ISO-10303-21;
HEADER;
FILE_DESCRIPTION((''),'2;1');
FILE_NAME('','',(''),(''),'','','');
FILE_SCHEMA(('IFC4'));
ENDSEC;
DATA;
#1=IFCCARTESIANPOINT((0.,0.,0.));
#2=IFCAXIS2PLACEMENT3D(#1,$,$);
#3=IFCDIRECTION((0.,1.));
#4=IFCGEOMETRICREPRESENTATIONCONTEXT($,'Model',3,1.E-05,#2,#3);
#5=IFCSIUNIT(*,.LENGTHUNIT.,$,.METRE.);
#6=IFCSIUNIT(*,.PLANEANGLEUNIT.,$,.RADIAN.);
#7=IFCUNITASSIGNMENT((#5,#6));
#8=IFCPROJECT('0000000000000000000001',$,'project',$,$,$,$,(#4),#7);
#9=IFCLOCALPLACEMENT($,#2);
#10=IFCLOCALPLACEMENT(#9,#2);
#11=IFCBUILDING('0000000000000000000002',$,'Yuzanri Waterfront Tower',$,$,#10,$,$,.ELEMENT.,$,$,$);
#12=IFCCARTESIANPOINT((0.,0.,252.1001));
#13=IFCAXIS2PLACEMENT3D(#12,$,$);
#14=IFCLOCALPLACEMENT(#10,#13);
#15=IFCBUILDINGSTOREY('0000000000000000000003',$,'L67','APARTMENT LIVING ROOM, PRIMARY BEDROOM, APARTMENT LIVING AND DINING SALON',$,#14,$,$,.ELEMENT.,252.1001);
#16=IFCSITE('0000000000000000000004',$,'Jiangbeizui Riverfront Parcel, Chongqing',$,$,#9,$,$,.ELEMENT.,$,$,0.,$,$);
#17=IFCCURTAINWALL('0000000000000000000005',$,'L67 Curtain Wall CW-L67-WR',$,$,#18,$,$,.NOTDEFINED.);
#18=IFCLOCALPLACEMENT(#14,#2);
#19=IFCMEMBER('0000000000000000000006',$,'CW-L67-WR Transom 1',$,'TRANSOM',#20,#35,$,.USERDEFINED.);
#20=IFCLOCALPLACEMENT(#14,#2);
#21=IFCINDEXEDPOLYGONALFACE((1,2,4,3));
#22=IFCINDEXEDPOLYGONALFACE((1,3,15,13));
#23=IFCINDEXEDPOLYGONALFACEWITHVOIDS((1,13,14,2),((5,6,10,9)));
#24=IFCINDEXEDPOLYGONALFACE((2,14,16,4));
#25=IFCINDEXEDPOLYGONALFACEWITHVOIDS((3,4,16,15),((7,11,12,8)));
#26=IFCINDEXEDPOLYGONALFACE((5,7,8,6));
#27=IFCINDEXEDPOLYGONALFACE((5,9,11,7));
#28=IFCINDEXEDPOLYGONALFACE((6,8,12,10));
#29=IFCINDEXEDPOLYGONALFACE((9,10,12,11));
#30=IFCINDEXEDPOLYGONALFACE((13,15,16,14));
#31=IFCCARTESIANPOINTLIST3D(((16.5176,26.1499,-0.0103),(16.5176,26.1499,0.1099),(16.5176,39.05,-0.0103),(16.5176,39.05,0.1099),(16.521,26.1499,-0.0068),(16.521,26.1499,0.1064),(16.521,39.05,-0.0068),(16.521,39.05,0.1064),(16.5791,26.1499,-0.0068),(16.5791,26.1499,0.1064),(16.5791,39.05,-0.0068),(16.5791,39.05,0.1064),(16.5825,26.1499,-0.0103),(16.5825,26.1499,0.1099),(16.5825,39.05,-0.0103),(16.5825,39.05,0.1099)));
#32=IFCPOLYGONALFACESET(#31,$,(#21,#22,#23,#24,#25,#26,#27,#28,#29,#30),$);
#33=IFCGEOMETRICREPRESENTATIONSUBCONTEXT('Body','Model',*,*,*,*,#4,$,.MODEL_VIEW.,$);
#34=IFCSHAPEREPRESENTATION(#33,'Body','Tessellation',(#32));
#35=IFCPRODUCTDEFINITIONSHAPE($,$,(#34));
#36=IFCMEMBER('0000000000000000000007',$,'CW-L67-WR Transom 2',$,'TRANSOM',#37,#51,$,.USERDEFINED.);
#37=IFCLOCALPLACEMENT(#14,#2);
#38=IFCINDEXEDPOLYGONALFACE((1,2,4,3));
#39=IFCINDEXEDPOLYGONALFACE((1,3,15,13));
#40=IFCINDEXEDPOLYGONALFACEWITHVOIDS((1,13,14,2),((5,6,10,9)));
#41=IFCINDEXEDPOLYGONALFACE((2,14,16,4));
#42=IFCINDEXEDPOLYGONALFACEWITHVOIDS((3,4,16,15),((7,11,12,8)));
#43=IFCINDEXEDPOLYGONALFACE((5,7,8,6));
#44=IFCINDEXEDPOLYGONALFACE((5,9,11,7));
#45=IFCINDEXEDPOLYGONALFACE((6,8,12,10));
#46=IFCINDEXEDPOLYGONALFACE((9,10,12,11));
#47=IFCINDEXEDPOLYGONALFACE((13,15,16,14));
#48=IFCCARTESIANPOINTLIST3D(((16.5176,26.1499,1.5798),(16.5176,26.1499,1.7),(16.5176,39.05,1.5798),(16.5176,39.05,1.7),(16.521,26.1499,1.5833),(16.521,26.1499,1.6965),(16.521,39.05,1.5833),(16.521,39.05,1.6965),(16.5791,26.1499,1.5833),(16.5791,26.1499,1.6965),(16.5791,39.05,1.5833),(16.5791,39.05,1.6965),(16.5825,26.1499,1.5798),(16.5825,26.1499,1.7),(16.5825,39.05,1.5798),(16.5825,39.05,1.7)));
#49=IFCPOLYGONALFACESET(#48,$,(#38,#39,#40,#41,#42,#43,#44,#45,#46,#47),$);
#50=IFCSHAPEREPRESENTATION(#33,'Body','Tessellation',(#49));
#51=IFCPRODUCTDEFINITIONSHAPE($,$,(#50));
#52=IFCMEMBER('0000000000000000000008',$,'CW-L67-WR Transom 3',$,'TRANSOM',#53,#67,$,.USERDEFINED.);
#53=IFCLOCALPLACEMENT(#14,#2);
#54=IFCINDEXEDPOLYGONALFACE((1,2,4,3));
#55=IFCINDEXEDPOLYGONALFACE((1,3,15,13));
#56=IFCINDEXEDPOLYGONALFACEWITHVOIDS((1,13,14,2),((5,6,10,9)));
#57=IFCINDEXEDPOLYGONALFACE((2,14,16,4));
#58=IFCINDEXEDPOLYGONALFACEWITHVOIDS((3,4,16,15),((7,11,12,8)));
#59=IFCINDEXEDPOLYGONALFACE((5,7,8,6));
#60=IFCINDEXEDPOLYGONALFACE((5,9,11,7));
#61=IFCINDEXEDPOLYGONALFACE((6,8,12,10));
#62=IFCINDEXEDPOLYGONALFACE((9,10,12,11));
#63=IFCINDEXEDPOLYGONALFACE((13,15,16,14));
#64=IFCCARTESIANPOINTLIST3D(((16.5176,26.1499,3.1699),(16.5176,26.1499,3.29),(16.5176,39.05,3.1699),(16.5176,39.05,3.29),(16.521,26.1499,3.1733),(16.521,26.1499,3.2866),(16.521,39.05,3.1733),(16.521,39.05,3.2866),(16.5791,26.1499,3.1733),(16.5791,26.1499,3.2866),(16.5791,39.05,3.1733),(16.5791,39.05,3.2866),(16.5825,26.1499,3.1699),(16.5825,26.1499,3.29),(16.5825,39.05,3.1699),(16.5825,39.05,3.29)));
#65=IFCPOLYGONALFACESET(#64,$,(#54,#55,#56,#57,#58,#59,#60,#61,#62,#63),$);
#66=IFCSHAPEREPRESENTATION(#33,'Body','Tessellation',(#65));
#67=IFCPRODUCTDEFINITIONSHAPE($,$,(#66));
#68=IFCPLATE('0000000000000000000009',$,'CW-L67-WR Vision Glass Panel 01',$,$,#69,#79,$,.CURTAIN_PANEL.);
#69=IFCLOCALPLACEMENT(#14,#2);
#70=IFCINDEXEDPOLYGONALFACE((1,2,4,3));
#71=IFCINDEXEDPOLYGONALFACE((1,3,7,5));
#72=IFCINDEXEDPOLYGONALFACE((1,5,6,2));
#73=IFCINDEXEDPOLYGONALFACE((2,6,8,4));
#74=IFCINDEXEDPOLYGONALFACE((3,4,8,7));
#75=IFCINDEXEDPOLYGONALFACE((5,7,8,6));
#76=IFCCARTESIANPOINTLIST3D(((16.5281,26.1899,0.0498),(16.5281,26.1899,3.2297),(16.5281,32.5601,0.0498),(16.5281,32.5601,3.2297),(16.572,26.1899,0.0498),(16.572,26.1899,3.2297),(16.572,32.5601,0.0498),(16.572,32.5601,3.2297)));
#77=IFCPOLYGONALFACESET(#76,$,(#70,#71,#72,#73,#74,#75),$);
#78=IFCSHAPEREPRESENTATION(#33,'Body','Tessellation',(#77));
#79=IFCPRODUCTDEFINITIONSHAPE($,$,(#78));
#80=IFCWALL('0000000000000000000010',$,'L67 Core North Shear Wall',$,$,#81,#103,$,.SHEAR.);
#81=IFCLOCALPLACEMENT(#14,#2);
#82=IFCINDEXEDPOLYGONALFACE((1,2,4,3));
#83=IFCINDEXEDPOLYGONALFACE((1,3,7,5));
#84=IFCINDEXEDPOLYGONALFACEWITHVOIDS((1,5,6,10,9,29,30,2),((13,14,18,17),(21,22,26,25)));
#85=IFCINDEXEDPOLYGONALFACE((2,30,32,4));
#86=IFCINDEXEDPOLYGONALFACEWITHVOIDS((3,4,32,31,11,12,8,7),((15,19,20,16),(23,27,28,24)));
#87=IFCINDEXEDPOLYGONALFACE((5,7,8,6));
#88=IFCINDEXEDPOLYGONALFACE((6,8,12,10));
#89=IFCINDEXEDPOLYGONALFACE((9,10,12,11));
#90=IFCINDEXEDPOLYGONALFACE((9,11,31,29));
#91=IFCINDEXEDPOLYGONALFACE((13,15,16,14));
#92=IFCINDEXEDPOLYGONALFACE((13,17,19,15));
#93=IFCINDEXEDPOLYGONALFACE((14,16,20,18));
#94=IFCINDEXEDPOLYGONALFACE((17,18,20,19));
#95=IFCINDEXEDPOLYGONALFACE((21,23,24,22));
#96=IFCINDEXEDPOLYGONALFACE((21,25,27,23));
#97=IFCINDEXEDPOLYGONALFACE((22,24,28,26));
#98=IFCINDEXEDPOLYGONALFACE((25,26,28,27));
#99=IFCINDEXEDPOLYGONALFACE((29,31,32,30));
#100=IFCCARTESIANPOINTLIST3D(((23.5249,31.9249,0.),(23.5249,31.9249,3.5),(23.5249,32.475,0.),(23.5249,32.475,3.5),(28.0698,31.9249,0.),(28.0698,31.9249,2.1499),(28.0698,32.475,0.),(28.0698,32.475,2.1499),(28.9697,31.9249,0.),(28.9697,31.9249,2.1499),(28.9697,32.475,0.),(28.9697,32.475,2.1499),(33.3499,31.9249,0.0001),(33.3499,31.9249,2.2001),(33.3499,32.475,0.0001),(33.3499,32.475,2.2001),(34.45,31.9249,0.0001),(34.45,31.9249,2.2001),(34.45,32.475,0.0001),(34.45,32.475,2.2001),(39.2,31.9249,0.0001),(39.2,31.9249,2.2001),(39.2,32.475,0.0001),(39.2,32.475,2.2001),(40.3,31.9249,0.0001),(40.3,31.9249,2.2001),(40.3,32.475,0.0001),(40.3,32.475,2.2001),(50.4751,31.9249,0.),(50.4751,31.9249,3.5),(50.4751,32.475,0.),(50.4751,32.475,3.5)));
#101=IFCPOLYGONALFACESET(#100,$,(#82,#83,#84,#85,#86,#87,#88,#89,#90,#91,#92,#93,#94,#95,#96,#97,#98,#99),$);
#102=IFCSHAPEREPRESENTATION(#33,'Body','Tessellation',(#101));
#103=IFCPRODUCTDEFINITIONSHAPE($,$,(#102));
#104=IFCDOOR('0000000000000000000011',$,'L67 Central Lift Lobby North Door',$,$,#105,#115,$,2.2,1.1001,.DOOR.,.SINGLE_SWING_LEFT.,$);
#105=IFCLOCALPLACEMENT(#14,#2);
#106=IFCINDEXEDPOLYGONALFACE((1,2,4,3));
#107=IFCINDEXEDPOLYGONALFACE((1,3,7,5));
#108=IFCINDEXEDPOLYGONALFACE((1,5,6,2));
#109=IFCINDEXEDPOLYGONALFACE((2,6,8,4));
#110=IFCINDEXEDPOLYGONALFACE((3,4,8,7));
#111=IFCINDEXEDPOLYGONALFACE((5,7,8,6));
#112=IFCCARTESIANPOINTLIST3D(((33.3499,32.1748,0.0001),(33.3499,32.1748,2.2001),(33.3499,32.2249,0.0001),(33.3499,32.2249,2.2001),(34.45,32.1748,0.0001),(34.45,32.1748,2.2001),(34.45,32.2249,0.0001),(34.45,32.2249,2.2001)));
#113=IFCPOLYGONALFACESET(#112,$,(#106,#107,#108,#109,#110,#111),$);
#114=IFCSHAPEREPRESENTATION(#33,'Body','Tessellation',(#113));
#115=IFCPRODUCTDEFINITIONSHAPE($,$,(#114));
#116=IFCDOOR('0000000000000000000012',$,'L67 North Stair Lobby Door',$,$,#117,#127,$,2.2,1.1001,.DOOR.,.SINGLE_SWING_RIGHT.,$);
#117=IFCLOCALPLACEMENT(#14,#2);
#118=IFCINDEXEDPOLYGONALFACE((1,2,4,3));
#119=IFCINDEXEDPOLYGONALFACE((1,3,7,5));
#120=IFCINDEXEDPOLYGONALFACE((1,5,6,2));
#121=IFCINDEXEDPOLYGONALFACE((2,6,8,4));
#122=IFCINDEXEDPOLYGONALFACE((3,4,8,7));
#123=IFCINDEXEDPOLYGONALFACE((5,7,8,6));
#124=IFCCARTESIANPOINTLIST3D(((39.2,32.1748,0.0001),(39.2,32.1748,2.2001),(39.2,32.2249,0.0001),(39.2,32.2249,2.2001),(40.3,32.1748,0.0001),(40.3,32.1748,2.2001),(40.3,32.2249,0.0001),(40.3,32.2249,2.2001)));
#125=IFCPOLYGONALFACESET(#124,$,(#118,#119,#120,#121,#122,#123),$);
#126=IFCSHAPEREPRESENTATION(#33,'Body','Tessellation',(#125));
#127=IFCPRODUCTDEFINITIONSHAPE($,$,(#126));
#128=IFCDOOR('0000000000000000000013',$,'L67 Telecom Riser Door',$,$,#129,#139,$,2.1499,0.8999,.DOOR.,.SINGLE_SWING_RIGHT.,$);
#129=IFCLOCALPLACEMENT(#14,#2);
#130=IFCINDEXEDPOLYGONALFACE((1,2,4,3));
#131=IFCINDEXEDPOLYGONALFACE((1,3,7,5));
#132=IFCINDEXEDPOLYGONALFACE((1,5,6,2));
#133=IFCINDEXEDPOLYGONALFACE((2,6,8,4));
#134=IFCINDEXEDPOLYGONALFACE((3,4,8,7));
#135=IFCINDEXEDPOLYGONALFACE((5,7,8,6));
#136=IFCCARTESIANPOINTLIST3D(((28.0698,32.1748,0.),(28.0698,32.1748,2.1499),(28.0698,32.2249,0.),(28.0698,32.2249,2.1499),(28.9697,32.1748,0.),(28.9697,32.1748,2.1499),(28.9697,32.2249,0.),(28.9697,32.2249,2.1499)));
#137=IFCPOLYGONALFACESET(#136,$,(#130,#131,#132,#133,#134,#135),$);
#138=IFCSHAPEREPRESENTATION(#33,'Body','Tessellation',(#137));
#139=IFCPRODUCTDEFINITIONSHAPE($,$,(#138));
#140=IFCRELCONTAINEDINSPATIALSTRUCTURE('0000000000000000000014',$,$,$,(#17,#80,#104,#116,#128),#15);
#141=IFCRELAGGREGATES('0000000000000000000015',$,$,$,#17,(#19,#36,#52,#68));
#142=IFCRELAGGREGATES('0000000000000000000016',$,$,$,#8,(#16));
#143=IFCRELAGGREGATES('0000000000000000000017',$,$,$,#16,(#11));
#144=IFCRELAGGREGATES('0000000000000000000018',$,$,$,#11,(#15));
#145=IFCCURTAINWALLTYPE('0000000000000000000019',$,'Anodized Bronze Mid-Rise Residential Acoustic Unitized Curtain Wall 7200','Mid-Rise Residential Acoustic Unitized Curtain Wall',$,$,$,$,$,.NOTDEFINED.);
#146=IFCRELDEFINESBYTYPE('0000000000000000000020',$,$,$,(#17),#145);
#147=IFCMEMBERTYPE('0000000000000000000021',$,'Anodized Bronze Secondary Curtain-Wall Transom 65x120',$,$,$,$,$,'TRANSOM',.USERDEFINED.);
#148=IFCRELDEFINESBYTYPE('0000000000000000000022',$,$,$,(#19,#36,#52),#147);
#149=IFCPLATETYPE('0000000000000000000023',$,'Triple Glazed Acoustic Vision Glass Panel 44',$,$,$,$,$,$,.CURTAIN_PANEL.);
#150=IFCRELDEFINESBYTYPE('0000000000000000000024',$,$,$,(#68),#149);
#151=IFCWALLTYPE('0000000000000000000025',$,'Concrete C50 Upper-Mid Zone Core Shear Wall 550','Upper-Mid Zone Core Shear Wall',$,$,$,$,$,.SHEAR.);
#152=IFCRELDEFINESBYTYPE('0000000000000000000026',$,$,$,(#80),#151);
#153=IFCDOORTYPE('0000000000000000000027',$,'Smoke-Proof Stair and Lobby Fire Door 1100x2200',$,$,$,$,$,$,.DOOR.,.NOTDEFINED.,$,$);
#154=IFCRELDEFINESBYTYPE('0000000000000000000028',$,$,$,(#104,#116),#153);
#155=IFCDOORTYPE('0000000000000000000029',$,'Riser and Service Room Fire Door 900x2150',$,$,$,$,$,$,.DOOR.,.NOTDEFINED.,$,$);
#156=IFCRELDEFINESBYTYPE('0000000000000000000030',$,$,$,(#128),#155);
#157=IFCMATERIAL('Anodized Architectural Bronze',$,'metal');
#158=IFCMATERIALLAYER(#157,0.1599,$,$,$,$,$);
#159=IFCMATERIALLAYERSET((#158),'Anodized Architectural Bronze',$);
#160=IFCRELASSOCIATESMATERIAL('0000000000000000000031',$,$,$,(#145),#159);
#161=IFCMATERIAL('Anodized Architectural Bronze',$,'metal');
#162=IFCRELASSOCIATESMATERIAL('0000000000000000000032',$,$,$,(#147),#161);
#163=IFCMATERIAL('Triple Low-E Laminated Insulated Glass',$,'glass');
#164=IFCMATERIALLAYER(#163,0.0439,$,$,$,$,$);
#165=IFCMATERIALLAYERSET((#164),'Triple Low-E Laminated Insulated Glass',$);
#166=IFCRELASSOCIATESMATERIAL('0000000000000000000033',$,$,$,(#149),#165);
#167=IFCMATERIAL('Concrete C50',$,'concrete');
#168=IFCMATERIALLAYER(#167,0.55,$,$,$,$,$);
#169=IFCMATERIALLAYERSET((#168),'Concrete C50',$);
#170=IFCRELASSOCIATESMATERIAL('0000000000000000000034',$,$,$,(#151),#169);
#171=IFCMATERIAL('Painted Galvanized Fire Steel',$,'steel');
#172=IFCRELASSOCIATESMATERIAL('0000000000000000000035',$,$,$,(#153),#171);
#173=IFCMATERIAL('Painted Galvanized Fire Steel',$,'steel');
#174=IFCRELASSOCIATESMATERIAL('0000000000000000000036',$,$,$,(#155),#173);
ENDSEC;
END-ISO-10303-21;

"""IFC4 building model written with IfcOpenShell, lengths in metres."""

from ifc_helpers import new_model, si_unit, direction, frame, frame_2d, origin, origin_2d, place, context, subcontext, project, spatial, rectangle, hollow_rectangle, extrude, source, transform, mapped, material, layer, layer_set, material_profile, profile_set, type_object, element, fill, aggregate, save


model = new_model("IFC4")

# Units and contexts
model_context = context("Model", 3, precision=1e-05, world=origin(), true_north=direction((0.0, 1.0)))
body_context = subcontext(model_context, "Body", "Model", "MODEL_VIEW")
ifc_project = project(units=[si_unit("LENGTHUNIT", "METRE"), si_unit("PLANEANGLEUNIT", "RADIAN")], contexts=[model_context])

# Site, building, storey
site_placement = place(None, origin())
site = spatial("IfcSite", under=ifc_project, at=site_placement, Name="Jiangbeizui Riverfront Parcel, Chongqing", CompositionType="ELEMENT", RefElevation=0.0)
building_placement = place(site_placement, origin())
building = spatial("IfcBuilding", under=site, at=building_placement, Name="Yuzanri Waterfront Tower", CompositionType="ELEMENT")
storey_placement = place(building_placement, frame((0.0, 0.0, 252.1001)))
storey = spatial("IfcBuildingStorey", under=building, at=storey_placement, Name="L67", Description="APARTMENT LIVING ROOM, PRIMARY BEDROOM, APARTMENT LIVING AND DINING SALON", CompositionType="ELEMENT", Elevation=252.1001)

# Curtain wall, members, plate
ifc_material_1 = material(Name="Anodized Architectural Bronze", Category="metal")
ifc_layer_1 = layer(ifc_material_1, 0.1599)
ifc_layer_set_1 = layer_set([ifc_layer_1], Name="Anodized Architectural Bronze")
curtain_wall_type = type_object("IfcCurtainWallType", Name="Anodized Bronze Mid-Rise Residential Acoustic Unitized Curtain Wall 7200", Description="Mid-Rise Residential Acoustic Unitized Curtain Wall", PredefinedType="NOTDEFINED", material=ifc_layer_set_1)
curtain_wall_placement = place(storey_placement, origin())
curtain_wall = element("IfcCurtainWall", 1, at=curtain_wall_placement, inside=storey, type_object=curtain_wall_type, Name="L67 Curtain Wall CW-L67-WR", PredefinedType="NOTDEFINED")
ifc_material_2 = material(Name="Anodized Architectural Bronze", Category="metal")
ifc_material_profile_1 = material_profile(ifc_material_2, hollow_rectangle(XDim=0.0649, YDim=0.1201, WallThickness=0.0034, at=origin_2d()), Name="CWT 65x120")
ifc_profile_set_1 = profile_set([ifc_material_profile_1], Name="Anodized Architectural Bronze")
member_type_1 = type_object("IfcMemberType", Name="Anodized Bronze Secondary Curtain-Wall Transom 65x120", ElementType="TRANSOM", PredefinedType="USERDEFINED", material=ifc_profile_set_1)
shared_shape_1 = source(origin(), body_context, "Body", "SweptSolid", [
    extrude(hollow_rectangle(XDim=0.0649, YDim=0.1201, WallThickness=0.0034, at=origin_2d()), origin(), (0.0, 0.0, 1.0), 12.9001),
])
member_1_placement = place(storey_placement, frame((16.55, 26.1499, 0.0498), z_axis=(0.0, 1.0, 0.0), x_axis=(-1.0, 0.0, 0.0)))
member_1 = element("IfcMember", 2, at=member_1_placement, type_object=member_type_1, Name="CW-L67-WR Transom 1", ObjectType="TRANSOM", PredefinedType="USERDEFINED", context=body_context, shape_type="MappedRepresentation", body=[
    mapped(shared_shape_1, transform((0.0, 0.0, 0.0), scale=1.0)),
])
member_2_placement = place(storey_placement, frame((16.55, 26.1499, 1.6399), z_axis=(0.0, 1.0, 0.0), x_axis=(-1.0, 0.0, 0.0)))
member_2 = element("IfcMember", 3, at=member_2_placement, type_object=member_type_1, Name="CW-L67-WR Transom 2", ObjectType="TRANSOM", PredefinedType="USERDEFINED", context=body_context, shape_type="MappedRepresentation", body=[
    mapped(shared_shape_1, transform((0.0, 0.0, 0.0), scale=1.0)),
])
member_3_placement = place(storey_placement, frame((16.55, 26.1499, 3.23), z_axis=(0.0, 1.0, 0.0), x_axis=(-1.0, 0.0, 0.0)))
member_3 = element("IfcMember", 4, at=member_3_placement, type_object=member_type_1, Name="CW-L67-WR Transom 3", ObjectType="TRANSOM", PredefinedType="USERDEFINED", context=body_context, shape_type="MappedRepresentation", body=[
    mapped(shared_shape_1, transform((0.0, 0.0, 0.0), scale=1.0)),
])
ifc_material_3 = material(Name="Triple Low-E Laminated Insulated Glass", Category="glass")
ifc_layer_2 = layer(ifc_material_3, 0.0439)
ifc_layer_set_2 = layer_set([ifc_layer_2], Name="Triple Low-E Laminated Insulated Glass")
plate_type = type_object("IfcPlateType", Name="Triple Glazed Acoustic Vision Glass Panel 44", PredefinedType="CURTAIN_PANEL", material=ifc_layer_set_2)
shared_shape_2 = source(origin(), body_context, "Body", "SweptSolid", [
    extrude(rectangle(XDim=6.3701, YDim=0.0439, at=origin_2d()), origin(), (0.0, 0.0, 1.0), 3.1799),
])
plate_placement = place(storey_placement, frame((16.55, 29.375, 0.0498), z_axis=(0.0, 0.0, 1.0), x_axis=(0.0, 1.0, 0.0)))
plate = element("IfcPlate", 5, at=plate_placement, type_object=plate_type, Name="CW-L67-WR Vision Glass Panel 01", PredefinedType="CURTAIN_PANEL", context=body_context, shape_type="MappedRepresentation", body=[
    mapped(shared_shape_2, transform((0.0, 0.0, 0.0), scale=1.0)),
])
aggregate(curtain_wall, [member_1, member_2, member_3, plate])

# Wall, openings, doors
ifc_material_4 = material(Name="Concrete C50", Category="concrete")
ifc_layer_3 = layer(ifc_material_4, 0.55)
ifc_layer_set_3 = layer_set([ifc_layer_3], Name="Concrete C50")
wall_type_1 = type_object("IfcWallType", Name="Concrete C50 Upper-Mid Zone Core Shear Wall 550", Description="Upper-Mid Zone Core Shear Wall", PredefinedType="SHEAR", material=ifc_layer_set_3)
wall_1_placement = place(storey_placement, frame((23.5249, 32.2, 0.0), z_axis=(0.0, 0.0, 1.0), x_axis=(1.0, 0.0, 0.0)))
wall_1 = element("IfcWall", 6, at=wall_1_placement, inside=storey, type_object=wall_type_1, Name="L67 Core North Shear Wall", PredefinedType="SHEAR", context=body_context, shape_type="SweptSolid", body=[
    extrude(rectangle(XDim=26.9502, YDim=0.55, at=frame_2d((13.4751, 0.0))), origin(), (0.0, 0.0, 1.0), 3.5),
])
opening_1_placement = place(wall_1_placement, frame((4.5449, 0.0, 0.0)))
opening_1 = element("IfcOpeningElement", 7, at=opening_1_placement, cuts=wall_1, PredefinedType="OPENING", context=body_context, shape_type="SweptSolid", body=[
    extrude(rectangle(XDim=0.8999, YDim=2.1499, at=frame_2d((0.45, 1.075))), frame((0.0, 0.29, 0.0), z_axis=(0.0, -1.0, 0.0), x_axis=(1.0, 0.0, 0.0)), (0.0, 0.0, 1.0), 0.5798),
])
opening_2_placement = place(wall_1_placement, frame((9.825, 0.0, 0.0)))
opening_2 = element("IfcOpeningElement", 8, at=opening_2_placement, cuts=wall_1, PredefinedType="OPENING", context=body_context, shape_type="SweptSolid", body=[
    extrude(rectangle(XDim=1.1001, YDim=2.2, at=frame_2d((0.55, 1.1001))), frame((0.0, 0.29, 0.0), z_axis=(0.0, -1.0, 0.0), x_axis=(1.0, 0.0, 0.0)), (0.0, 0.0, 1.0), 0.5798),
])
opening_3_placement = place(wall_1_placement, frame((15.675, 0.0, 0.0)))
opening_3 = element("IfcOpeningElement", 9, at=opening_3_placement, cuts=wall_1, PredefinedType="OPENING", context=body_context, shape_type="SweptSolid", body=[
    extrude(rectangle(XDim=1.1001, YDim=2.2, at=frame_2d((0.55, 1.1001))), frame((0.0, 0.29, 0.0), z_axis=(0.0, -1.0, 0.0), x_axis=(1.0, 0.0, 0.0)), (0.0, 0.0, 1.0), 0.5798),
])
ifc_material_5 = material(Name="Painted Galvanized Fire Steel", Category="steel")
door_type_1 = type_object("IfcDoorType", Name="Smoke-Proof Stair and Lobby Fire Door 1100x2200", OperationType="NOTDEFINED", PredefinedType="DOOR", material=ifc_material_5)
shared_shape_3 = source(origin(), body_context, "Body", "SweptSolid", [
    extrude(rectangle(XDim=1.1001, YDim=2.2, at=frame_2d((0.55, 1.1001))), frame((0.0, 0.0249, 0.0), z_axis=(0.0, -1.0, 0.0), x_axis=(1.0, 0.0, 0.0)), (0.0, 0.0, 1.0), 0.05),
])
door_1_placement = place(opening_2_placement, origin())
door_1 = element("IfcDoor", 10, at=door_1_placement, inside=storey, type_object=door_type_1, Name="L67 Central Lift Lobby North Door", OperationType="SINGLE_SWING_LEFT", OverallHeight=2.2, OverallWidth=1.1001, PredefinedType="DOOR", context=body_context, shape_type="MappedRepresentation", body=[
    mapped(shared_shape_3, transform((0.0, 0.0, 0.0), scale=1.0)),
])
fill(opening_2, door_1)
door_2_placement = place(opening_3_placement, origin())
door_2 = element("IfcDoor", 11, at=door_2_placement, inside=storey, type_object=door_type_1, Name="L67 North Stair Lobby Door", OperationType="SINGLE_SWING_RIGHT", OverallHeight=2.2, OverallWidth=1.1001, PredefinedType="DOOR", context=body_context, shape_type="MappedRepresentation", body=[
    mapped(shared_shape_3, transform((0.0, 0.0, 0.0), scale=1.0)),
])
fill(opening_3, door_2)
ifc_material_6 = material(Name="Painted Galvanized Fire Steel", Category="steel")
door_type_2 = type_object("IfcDoorType", Name="Riser and Service Room Fire Door 900x2150", OperationType="NOTDEFINED", PredefinedType="DOOR", material=ifc_material_6)
shared_shape_4 = source(origin(), body_context, "Body", "SweptSolid", [
    extrude(rectangle(XDim=0.8999, YDim=2.1499, at=frame_2d((0.45, 1.075))), frame((0.0, 0.0249, 0.0), z_axis=(0.0, -1.0, 0.0), x_axis=(1.0, 0.0, 0.0)), (0.0, 0.0, 1.0), 0.05),
])
door_3_placement = place(opening_1_placement, origin())
door_3 = element("IfcDoor", 12, at=door_3_placement, inside=storey, type_object=door_type_2, Name="L67 Telecom Riser Door", OperationType="SINGLE_SWING_RIGHT", OverallHeight=2.1499, OverallWidth=0.8999, PredefinedType="DOOR", context=body_context, shape_type="MappedRepresentation", body=[
    mapped(shared_shape_4, transform((0.0, 0.0, 0.0), scale=1.0)),
])
fill(opening_1, door_3)

save(model, "model.ifc")
